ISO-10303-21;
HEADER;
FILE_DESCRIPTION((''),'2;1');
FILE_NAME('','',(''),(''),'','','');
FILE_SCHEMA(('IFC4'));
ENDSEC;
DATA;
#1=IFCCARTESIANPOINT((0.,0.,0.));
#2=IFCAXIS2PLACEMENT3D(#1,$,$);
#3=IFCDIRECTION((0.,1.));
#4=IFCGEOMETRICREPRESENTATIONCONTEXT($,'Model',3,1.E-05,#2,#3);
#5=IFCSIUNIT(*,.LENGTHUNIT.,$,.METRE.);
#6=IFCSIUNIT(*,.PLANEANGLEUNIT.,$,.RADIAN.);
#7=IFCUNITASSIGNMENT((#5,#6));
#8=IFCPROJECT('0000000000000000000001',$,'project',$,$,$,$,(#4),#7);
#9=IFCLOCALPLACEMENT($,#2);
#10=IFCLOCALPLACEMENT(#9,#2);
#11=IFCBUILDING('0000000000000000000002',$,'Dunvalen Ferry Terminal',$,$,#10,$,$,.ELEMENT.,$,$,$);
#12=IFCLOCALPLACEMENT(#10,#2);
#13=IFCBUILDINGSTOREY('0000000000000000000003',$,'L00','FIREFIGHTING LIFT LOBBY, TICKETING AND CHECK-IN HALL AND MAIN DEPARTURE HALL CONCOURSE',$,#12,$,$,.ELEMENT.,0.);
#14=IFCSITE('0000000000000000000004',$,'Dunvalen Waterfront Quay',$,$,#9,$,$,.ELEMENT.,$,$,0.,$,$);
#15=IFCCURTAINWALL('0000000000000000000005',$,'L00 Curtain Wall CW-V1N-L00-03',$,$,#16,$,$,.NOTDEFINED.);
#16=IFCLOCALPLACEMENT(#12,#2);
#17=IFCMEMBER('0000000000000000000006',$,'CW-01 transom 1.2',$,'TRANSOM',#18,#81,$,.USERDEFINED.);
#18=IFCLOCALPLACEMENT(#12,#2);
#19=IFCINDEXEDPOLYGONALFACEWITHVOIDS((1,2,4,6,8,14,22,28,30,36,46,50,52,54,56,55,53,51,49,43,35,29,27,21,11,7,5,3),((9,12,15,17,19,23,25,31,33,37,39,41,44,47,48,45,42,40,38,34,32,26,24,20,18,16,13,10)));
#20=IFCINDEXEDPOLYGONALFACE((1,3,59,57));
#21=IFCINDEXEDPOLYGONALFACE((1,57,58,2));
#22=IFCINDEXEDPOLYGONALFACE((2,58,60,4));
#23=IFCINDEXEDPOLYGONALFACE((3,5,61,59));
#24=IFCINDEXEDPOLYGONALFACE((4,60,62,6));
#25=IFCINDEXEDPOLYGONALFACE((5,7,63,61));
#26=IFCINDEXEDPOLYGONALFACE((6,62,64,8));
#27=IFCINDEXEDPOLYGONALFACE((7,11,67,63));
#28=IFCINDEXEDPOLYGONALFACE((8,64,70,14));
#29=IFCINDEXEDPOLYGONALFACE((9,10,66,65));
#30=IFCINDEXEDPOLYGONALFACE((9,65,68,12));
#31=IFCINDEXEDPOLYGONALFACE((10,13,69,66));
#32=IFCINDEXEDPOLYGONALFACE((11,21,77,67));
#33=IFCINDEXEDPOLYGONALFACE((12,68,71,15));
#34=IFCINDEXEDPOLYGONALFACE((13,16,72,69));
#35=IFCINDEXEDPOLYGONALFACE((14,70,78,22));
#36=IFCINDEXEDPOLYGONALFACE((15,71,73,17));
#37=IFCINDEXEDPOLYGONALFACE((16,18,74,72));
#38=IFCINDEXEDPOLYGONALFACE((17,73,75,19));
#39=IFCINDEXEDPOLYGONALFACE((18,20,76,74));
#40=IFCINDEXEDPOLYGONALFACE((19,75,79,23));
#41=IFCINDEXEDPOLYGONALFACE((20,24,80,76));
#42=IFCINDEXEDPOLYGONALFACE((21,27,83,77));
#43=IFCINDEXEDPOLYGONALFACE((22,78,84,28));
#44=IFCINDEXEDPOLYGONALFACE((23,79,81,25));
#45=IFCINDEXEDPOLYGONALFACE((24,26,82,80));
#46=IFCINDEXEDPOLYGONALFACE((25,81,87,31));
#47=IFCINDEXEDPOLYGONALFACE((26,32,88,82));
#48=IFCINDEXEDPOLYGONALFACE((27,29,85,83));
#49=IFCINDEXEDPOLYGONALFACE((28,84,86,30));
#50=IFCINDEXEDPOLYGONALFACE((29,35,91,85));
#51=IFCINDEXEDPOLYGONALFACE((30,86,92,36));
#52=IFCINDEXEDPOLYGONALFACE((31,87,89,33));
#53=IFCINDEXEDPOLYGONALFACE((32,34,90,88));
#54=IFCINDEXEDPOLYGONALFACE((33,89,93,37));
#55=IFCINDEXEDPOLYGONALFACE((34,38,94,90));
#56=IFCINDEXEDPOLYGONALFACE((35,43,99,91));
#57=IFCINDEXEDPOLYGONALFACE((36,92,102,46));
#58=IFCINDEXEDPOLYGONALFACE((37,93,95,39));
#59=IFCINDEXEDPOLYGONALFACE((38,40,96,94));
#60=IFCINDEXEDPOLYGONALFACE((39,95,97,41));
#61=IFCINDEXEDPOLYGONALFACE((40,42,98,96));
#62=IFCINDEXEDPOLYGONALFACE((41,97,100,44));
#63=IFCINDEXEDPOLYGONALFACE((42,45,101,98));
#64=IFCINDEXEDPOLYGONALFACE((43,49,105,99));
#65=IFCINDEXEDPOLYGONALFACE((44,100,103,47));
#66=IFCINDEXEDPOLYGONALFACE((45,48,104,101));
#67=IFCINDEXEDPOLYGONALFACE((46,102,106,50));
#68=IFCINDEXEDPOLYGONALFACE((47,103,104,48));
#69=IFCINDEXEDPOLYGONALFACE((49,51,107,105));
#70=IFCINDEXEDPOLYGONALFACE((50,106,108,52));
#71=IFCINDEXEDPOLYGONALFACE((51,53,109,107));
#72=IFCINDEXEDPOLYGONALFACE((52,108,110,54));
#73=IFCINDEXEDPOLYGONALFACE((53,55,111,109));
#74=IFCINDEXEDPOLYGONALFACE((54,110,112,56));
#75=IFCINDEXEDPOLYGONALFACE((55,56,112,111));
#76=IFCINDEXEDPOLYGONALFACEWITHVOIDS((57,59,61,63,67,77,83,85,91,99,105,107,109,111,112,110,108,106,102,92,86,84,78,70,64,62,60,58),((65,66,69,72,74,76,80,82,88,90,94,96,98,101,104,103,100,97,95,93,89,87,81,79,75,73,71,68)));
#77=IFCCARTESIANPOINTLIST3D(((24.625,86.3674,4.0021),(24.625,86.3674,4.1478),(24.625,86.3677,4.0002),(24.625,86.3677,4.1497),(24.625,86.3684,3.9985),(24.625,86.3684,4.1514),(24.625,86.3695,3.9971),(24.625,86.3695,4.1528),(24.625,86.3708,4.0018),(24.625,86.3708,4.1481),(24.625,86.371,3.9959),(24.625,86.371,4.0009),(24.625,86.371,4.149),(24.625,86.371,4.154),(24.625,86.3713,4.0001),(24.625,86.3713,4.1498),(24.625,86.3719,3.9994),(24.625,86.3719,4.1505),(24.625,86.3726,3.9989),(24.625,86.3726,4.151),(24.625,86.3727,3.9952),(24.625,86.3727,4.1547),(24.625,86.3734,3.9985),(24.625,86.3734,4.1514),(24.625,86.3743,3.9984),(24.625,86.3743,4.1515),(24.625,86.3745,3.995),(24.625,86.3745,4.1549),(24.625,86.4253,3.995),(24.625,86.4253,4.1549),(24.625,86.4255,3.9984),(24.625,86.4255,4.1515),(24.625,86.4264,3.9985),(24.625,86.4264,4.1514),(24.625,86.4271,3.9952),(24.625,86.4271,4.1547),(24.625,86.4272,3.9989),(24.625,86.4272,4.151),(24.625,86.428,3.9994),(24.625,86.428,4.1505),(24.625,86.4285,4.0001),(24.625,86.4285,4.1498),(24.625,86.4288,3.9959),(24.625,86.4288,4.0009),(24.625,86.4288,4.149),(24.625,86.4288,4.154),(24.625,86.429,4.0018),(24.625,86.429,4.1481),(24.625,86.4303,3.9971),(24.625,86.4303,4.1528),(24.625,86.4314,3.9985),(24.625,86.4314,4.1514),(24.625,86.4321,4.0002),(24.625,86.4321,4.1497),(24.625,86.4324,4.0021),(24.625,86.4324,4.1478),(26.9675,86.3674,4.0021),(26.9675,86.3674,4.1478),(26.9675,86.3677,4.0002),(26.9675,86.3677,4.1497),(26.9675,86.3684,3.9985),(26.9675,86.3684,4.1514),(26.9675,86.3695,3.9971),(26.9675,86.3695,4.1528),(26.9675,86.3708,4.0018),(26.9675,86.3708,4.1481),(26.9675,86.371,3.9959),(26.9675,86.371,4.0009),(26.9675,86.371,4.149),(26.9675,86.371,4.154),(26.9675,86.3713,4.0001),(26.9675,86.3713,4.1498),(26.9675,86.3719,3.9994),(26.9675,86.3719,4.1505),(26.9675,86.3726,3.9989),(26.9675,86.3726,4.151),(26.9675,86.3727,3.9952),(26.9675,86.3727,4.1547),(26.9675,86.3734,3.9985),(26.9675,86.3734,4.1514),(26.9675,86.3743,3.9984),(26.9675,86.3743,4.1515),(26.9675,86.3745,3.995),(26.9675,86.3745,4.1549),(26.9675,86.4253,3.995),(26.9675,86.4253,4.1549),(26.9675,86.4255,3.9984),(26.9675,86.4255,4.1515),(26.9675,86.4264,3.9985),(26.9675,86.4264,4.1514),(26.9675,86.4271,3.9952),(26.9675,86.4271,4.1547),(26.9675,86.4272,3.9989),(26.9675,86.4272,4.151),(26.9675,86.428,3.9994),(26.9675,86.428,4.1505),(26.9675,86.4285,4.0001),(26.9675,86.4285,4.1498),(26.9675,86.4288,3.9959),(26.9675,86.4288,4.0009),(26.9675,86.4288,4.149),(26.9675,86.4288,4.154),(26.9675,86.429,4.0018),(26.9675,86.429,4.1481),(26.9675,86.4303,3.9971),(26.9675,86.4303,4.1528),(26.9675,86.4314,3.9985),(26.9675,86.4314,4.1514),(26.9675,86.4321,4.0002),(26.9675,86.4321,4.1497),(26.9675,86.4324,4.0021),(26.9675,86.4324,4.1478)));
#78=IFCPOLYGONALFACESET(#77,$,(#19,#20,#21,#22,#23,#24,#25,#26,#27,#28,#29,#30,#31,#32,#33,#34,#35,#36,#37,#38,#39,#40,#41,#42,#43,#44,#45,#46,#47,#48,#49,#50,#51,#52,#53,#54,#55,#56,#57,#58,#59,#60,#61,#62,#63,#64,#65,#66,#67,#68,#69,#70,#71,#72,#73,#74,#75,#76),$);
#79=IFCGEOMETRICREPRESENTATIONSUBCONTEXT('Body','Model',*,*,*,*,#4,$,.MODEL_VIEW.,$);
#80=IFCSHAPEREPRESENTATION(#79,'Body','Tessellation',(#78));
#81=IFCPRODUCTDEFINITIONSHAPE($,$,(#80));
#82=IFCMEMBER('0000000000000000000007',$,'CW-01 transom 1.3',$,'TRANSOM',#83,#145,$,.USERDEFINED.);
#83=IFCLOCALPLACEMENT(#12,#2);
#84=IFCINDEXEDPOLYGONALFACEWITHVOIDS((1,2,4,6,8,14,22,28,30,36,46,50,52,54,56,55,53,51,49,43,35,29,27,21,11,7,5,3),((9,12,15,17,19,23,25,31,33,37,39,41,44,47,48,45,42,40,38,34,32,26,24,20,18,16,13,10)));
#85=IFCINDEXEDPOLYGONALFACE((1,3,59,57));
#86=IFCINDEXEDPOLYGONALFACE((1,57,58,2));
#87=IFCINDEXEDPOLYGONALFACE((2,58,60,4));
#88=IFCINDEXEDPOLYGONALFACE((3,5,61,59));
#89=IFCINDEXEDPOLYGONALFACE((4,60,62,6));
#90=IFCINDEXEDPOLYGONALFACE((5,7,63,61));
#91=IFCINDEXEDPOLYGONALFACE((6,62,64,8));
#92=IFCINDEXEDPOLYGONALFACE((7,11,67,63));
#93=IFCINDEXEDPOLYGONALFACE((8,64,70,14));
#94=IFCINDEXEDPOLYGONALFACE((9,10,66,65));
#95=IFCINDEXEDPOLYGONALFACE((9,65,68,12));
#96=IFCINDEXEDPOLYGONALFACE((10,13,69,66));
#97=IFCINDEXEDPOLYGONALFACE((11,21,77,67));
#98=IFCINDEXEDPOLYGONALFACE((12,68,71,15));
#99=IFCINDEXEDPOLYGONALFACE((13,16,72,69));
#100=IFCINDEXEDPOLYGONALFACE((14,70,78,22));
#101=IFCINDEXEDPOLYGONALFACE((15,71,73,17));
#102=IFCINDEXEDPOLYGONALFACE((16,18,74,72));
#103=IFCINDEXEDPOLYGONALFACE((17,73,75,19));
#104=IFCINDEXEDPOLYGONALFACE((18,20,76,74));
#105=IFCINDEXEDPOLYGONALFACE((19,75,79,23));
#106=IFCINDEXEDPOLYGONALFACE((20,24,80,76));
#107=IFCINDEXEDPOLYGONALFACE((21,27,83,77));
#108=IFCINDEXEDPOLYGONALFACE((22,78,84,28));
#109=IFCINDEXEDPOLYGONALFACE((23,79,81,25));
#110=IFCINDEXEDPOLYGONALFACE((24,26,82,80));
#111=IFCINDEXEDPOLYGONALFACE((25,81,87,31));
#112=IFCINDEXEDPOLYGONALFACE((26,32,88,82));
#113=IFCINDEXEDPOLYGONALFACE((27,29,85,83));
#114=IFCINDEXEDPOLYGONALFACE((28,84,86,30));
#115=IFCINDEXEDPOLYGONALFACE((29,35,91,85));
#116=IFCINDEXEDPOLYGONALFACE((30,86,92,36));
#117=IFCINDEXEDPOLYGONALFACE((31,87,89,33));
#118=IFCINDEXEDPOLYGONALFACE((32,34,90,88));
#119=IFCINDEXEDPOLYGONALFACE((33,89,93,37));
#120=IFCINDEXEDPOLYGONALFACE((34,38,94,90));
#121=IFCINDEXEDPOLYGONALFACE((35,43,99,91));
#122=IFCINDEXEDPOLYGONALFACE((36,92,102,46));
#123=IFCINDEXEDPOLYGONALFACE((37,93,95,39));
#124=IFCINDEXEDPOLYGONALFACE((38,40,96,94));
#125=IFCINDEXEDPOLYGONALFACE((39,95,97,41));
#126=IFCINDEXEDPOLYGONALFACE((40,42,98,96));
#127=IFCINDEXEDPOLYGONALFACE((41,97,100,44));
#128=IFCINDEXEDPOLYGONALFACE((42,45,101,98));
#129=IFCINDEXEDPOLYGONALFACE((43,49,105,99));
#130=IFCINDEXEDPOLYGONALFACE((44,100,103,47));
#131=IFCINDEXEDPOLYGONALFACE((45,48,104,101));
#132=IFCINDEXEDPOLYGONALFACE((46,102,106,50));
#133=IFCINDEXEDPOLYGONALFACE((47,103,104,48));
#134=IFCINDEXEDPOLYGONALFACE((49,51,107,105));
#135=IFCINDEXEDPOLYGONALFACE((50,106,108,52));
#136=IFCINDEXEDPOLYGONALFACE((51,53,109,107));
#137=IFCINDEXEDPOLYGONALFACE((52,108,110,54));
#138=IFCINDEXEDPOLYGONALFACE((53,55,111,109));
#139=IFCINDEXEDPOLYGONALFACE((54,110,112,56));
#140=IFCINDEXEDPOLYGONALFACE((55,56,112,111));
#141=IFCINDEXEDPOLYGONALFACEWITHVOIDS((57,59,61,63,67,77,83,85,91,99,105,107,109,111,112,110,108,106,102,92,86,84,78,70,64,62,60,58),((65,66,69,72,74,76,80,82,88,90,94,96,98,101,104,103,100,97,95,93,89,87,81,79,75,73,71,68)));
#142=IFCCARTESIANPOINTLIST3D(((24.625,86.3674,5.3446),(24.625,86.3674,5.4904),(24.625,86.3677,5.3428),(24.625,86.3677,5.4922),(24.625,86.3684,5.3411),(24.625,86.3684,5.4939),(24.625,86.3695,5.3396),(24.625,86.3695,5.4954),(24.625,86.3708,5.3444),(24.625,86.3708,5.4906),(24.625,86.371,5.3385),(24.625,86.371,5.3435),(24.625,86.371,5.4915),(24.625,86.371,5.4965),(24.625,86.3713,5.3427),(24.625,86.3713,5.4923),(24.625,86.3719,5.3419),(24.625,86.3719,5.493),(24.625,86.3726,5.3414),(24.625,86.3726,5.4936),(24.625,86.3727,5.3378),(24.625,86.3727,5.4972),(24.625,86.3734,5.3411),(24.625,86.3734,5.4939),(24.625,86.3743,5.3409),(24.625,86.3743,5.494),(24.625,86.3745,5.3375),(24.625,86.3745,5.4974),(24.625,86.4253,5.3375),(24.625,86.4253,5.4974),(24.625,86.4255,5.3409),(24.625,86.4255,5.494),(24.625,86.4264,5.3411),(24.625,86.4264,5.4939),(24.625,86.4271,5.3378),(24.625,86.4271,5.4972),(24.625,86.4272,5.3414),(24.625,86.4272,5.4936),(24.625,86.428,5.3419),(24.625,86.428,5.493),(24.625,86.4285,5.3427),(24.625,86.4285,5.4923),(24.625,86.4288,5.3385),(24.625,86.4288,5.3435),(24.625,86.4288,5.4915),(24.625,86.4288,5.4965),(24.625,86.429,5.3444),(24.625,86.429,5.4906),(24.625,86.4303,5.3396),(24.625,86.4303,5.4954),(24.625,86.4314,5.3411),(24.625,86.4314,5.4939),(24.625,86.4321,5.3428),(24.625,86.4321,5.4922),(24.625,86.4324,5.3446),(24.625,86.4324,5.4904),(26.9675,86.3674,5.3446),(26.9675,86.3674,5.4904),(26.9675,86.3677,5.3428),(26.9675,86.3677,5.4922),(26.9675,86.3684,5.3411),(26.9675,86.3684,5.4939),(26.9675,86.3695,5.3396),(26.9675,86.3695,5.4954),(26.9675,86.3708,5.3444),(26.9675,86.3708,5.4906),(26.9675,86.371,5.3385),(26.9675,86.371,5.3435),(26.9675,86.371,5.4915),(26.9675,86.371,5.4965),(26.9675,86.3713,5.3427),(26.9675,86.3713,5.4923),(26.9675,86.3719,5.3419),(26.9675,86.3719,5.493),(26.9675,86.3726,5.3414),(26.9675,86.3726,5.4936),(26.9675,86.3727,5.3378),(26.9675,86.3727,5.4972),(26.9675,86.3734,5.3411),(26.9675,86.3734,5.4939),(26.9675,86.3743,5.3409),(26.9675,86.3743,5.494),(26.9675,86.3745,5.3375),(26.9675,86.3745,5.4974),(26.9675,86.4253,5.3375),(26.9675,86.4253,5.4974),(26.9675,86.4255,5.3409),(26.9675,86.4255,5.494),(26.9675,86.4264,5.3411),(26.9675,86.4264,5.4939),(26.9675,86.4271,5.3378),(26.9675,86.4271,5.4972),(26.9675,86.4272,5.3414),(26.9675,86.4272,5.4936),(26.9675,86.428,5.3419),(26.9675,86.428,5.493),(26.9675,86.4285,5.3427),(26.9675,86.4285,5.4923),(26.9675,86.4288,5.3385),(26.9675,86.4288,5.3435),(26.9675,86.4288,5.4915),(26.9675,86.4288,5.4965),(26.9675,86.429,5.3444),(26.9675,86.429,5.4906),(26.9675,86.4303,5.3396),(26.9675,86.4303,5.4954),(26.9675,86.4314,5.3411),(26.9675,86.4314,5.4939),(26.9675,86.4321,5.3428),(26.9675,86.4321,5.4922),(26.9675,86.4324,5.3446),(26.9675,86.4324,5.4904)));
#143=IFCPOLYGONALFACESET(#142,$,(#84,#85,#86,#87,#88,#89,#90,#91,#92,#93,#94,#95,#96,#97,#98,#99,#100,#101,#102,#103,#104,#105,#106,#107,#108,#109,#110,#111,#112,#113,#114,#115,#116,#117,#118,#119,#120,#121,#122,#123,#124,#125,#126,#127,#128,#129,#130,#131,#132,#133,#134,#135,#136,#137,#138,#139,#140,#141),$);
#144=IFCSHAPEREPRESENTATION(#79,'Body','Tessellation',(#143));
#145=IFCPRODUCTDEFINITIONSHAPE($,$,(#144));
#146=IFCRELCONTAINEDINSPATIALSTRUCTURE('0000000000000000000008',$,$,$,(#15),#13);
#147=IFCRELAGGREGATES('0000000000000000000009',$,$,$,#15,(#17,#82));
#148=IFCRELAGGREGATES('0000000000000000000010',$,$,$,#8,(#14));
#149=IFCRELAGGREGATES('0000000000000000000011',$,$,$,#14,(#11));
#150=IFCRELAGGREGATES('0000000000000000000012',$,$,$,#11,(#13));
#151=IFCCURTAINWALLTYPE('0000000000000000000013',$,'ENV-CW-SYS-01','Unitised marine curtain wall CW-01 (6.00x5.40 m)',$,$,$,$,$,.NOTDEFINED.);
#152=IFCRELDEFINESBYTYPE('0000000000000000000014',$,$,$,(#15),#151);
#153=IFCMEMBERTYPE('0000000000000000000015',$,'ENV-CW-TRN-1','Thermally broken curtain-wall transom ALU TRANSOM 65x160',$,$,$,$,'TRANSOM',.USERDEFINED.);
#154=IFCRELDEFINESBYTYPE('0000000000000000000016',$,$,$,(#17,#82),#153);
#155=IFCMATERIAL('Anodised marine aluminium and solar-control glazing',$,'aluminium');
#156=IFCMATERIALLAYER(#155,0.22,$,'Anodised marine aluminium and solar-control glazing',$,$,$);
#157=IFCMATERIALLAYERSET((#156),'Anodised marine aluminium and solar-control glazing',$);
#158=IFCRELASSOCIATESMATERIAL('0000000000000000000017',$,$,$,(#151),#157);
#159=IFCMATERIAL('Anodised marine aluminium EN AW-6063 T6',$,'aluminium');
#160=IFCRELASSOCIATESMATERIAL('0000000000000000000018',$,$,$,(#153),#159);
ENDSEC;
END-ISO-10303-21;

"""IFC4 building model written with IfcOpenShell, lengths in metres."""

from ifc_helpers import new_model, si_unit, direction, frame, origin, origin_2d, place, context, subcontext, project, spatial, hollow_rectangle, extrude, material, layer, layer_set, material_profile, profile_set, type_object, element, aggregate, save


model = new_model("IFC4")

# Units and contexts
model_context = context("Model", 3, precision=1e-05, world=origin(), true_north=direction((0.0, 1.0)))
body_context = subcontext(model_context, "Body", "Model", "MODEL_VIEW")
ifc_project = project(units=[si_unit("LENGTHUNIT", "METRE"), si_unit("PLANEANGLEUNIT", "RADIAN")], contexts=[model_context])

# Site, building, storey
site_placement = place(None, origin())
site = spatial("IfcSite", under=ifc_project, at=site_placement, Name="Dunvalen Waterfront Quay", CompositionType="ELEMENT", RefElevation=0.0)
building_placement = place(site_placement, origin())
building = spatial("IfcBuilding", under=site, at=building_placement, Name="Dunvalen Ferry Terminal", CompositionType="ELEMENT")
storey_placement = place(building_placement, origin())
storey = spatial("IfcBuildingStorey", under=building, at=storey_placement, Name="L00", Description="FIREFIGHTING LIFT LOBBY, TICKETING AND CHECK-IN HALL AND MAIN DEPARTURE HALL CONCOURSE", CompositionType="ELEMENT", Elevation=0.0)

# Shared definitions
ifc_material_1 = material(Name="Anodised marine aluminium and solar-control glazing", Category="aluminium")
ifc_layer_1 = layer(ifc_material_1, 0.22, Name="Anodised marine aluminium and solar-control glazing")
ifc_layer_set_1 = layer_set([ifc_layer_1], Name="Anodised marine aluminium and solar-control glazing")
curtain_wall_type = type_object("IfcCurtainWallType", Name="ENV-CW-SYS-01", Description="Unitised marine curtain wall CW-01 (6.00x5.40 m)", PredefinedType="NOTDEFINED", material=ifc_layer_set_1)
ifc_material_2 = material(Name="Anodised marine aluminium EN AW-6063 T6", Category="aluminium")

# Curtain wall
curtain_wall_1_placement = place(storey_placement, origin())
curtain_wall_1 = element("IfcCurtainWall", 1, at=curtain_wall_1_placement, inside=storey, type_object=curtain_wall_type, Name="L00 Curtain Wall CW-V1N-L00-03", PredefinedType="NOTDEFINED")

# Members
ifc_material_profile_1 = material_profile(ifc_material_2, hollow_rectangle(XDim=0.0649, YDim=0.1599, WallThickness=0.0034, InnerFilletRadius=0.0034, OuterFilletRadius=0.0071, at=origin_2d()), Name="Anodised marine aluminium EN AW-6063 T6")
ifc_profile_set_1 = profile_set([ifc_material_profile_1], Name="Anodised marine aluminium EN AW-6063 T6")
member_type_1 = type_object("IfcMemberType", Name="ENV-CW-TRN-1", Description="Thermally broken curtain-wall transom ALU TRANSOM 65x160", ElementType="TRANSOM", PredefinedType="USERDEFINED", material=ifc_profile_set_1)
member_1_placement = place(storey_placement, frame((24.625, 86.3999, 4.075), z_axis=(1.0, 0.0, 0.0), x_axis=(0.0, 1.0, 0.0)))
member_1 = element("IfcMember", 2, at=member_1_placement, type_object=member_type_1, Name="CW-01 transom 1.2", ObjectType="TRANSOM", PredefinedType="USERDEFINED", context=body_context, shape_type="SweptSolid", body=[
    extrude(hollow_rectangle(XDim=0.0649, YDim=0.1599, WallThickness=0.0034, InnerFilletRadius=0.0034, OuterFilletRadius=0.0071, at=origin_2d()), origin(), (0.0, 0.0, 1.0), 2.3425),
])
member_2_placement = place(storey_placement, frame((24.625, 86.3999, 5.4175), z_axis=(1.0, 0.0, 0.0), x_axis=(0.0, 1.0, 0.0)))
member_2 = element("IfcMember", 3, at=member_2_placement, type_object=member_type_1, Name="CW-01 transom 1.3", ObjectType="TRANSOM", PredefinedType="USERDEFINED", context=body_context, shape_type="SweptSolid", body=[
    extrude(hollow_rectangle(XDim=0.0649, YDim=0.1599, WallThickness=0.0034, InnerFilletRadius=0.0034, OuterFilletRadius=0.0071, at=origin_2d()), origin(), (0.0, 0.0, 1.0), 2.3425),
])

aggregate(curtain_wall_1, [member_1, member_2])

save(model, "model.ifc")
